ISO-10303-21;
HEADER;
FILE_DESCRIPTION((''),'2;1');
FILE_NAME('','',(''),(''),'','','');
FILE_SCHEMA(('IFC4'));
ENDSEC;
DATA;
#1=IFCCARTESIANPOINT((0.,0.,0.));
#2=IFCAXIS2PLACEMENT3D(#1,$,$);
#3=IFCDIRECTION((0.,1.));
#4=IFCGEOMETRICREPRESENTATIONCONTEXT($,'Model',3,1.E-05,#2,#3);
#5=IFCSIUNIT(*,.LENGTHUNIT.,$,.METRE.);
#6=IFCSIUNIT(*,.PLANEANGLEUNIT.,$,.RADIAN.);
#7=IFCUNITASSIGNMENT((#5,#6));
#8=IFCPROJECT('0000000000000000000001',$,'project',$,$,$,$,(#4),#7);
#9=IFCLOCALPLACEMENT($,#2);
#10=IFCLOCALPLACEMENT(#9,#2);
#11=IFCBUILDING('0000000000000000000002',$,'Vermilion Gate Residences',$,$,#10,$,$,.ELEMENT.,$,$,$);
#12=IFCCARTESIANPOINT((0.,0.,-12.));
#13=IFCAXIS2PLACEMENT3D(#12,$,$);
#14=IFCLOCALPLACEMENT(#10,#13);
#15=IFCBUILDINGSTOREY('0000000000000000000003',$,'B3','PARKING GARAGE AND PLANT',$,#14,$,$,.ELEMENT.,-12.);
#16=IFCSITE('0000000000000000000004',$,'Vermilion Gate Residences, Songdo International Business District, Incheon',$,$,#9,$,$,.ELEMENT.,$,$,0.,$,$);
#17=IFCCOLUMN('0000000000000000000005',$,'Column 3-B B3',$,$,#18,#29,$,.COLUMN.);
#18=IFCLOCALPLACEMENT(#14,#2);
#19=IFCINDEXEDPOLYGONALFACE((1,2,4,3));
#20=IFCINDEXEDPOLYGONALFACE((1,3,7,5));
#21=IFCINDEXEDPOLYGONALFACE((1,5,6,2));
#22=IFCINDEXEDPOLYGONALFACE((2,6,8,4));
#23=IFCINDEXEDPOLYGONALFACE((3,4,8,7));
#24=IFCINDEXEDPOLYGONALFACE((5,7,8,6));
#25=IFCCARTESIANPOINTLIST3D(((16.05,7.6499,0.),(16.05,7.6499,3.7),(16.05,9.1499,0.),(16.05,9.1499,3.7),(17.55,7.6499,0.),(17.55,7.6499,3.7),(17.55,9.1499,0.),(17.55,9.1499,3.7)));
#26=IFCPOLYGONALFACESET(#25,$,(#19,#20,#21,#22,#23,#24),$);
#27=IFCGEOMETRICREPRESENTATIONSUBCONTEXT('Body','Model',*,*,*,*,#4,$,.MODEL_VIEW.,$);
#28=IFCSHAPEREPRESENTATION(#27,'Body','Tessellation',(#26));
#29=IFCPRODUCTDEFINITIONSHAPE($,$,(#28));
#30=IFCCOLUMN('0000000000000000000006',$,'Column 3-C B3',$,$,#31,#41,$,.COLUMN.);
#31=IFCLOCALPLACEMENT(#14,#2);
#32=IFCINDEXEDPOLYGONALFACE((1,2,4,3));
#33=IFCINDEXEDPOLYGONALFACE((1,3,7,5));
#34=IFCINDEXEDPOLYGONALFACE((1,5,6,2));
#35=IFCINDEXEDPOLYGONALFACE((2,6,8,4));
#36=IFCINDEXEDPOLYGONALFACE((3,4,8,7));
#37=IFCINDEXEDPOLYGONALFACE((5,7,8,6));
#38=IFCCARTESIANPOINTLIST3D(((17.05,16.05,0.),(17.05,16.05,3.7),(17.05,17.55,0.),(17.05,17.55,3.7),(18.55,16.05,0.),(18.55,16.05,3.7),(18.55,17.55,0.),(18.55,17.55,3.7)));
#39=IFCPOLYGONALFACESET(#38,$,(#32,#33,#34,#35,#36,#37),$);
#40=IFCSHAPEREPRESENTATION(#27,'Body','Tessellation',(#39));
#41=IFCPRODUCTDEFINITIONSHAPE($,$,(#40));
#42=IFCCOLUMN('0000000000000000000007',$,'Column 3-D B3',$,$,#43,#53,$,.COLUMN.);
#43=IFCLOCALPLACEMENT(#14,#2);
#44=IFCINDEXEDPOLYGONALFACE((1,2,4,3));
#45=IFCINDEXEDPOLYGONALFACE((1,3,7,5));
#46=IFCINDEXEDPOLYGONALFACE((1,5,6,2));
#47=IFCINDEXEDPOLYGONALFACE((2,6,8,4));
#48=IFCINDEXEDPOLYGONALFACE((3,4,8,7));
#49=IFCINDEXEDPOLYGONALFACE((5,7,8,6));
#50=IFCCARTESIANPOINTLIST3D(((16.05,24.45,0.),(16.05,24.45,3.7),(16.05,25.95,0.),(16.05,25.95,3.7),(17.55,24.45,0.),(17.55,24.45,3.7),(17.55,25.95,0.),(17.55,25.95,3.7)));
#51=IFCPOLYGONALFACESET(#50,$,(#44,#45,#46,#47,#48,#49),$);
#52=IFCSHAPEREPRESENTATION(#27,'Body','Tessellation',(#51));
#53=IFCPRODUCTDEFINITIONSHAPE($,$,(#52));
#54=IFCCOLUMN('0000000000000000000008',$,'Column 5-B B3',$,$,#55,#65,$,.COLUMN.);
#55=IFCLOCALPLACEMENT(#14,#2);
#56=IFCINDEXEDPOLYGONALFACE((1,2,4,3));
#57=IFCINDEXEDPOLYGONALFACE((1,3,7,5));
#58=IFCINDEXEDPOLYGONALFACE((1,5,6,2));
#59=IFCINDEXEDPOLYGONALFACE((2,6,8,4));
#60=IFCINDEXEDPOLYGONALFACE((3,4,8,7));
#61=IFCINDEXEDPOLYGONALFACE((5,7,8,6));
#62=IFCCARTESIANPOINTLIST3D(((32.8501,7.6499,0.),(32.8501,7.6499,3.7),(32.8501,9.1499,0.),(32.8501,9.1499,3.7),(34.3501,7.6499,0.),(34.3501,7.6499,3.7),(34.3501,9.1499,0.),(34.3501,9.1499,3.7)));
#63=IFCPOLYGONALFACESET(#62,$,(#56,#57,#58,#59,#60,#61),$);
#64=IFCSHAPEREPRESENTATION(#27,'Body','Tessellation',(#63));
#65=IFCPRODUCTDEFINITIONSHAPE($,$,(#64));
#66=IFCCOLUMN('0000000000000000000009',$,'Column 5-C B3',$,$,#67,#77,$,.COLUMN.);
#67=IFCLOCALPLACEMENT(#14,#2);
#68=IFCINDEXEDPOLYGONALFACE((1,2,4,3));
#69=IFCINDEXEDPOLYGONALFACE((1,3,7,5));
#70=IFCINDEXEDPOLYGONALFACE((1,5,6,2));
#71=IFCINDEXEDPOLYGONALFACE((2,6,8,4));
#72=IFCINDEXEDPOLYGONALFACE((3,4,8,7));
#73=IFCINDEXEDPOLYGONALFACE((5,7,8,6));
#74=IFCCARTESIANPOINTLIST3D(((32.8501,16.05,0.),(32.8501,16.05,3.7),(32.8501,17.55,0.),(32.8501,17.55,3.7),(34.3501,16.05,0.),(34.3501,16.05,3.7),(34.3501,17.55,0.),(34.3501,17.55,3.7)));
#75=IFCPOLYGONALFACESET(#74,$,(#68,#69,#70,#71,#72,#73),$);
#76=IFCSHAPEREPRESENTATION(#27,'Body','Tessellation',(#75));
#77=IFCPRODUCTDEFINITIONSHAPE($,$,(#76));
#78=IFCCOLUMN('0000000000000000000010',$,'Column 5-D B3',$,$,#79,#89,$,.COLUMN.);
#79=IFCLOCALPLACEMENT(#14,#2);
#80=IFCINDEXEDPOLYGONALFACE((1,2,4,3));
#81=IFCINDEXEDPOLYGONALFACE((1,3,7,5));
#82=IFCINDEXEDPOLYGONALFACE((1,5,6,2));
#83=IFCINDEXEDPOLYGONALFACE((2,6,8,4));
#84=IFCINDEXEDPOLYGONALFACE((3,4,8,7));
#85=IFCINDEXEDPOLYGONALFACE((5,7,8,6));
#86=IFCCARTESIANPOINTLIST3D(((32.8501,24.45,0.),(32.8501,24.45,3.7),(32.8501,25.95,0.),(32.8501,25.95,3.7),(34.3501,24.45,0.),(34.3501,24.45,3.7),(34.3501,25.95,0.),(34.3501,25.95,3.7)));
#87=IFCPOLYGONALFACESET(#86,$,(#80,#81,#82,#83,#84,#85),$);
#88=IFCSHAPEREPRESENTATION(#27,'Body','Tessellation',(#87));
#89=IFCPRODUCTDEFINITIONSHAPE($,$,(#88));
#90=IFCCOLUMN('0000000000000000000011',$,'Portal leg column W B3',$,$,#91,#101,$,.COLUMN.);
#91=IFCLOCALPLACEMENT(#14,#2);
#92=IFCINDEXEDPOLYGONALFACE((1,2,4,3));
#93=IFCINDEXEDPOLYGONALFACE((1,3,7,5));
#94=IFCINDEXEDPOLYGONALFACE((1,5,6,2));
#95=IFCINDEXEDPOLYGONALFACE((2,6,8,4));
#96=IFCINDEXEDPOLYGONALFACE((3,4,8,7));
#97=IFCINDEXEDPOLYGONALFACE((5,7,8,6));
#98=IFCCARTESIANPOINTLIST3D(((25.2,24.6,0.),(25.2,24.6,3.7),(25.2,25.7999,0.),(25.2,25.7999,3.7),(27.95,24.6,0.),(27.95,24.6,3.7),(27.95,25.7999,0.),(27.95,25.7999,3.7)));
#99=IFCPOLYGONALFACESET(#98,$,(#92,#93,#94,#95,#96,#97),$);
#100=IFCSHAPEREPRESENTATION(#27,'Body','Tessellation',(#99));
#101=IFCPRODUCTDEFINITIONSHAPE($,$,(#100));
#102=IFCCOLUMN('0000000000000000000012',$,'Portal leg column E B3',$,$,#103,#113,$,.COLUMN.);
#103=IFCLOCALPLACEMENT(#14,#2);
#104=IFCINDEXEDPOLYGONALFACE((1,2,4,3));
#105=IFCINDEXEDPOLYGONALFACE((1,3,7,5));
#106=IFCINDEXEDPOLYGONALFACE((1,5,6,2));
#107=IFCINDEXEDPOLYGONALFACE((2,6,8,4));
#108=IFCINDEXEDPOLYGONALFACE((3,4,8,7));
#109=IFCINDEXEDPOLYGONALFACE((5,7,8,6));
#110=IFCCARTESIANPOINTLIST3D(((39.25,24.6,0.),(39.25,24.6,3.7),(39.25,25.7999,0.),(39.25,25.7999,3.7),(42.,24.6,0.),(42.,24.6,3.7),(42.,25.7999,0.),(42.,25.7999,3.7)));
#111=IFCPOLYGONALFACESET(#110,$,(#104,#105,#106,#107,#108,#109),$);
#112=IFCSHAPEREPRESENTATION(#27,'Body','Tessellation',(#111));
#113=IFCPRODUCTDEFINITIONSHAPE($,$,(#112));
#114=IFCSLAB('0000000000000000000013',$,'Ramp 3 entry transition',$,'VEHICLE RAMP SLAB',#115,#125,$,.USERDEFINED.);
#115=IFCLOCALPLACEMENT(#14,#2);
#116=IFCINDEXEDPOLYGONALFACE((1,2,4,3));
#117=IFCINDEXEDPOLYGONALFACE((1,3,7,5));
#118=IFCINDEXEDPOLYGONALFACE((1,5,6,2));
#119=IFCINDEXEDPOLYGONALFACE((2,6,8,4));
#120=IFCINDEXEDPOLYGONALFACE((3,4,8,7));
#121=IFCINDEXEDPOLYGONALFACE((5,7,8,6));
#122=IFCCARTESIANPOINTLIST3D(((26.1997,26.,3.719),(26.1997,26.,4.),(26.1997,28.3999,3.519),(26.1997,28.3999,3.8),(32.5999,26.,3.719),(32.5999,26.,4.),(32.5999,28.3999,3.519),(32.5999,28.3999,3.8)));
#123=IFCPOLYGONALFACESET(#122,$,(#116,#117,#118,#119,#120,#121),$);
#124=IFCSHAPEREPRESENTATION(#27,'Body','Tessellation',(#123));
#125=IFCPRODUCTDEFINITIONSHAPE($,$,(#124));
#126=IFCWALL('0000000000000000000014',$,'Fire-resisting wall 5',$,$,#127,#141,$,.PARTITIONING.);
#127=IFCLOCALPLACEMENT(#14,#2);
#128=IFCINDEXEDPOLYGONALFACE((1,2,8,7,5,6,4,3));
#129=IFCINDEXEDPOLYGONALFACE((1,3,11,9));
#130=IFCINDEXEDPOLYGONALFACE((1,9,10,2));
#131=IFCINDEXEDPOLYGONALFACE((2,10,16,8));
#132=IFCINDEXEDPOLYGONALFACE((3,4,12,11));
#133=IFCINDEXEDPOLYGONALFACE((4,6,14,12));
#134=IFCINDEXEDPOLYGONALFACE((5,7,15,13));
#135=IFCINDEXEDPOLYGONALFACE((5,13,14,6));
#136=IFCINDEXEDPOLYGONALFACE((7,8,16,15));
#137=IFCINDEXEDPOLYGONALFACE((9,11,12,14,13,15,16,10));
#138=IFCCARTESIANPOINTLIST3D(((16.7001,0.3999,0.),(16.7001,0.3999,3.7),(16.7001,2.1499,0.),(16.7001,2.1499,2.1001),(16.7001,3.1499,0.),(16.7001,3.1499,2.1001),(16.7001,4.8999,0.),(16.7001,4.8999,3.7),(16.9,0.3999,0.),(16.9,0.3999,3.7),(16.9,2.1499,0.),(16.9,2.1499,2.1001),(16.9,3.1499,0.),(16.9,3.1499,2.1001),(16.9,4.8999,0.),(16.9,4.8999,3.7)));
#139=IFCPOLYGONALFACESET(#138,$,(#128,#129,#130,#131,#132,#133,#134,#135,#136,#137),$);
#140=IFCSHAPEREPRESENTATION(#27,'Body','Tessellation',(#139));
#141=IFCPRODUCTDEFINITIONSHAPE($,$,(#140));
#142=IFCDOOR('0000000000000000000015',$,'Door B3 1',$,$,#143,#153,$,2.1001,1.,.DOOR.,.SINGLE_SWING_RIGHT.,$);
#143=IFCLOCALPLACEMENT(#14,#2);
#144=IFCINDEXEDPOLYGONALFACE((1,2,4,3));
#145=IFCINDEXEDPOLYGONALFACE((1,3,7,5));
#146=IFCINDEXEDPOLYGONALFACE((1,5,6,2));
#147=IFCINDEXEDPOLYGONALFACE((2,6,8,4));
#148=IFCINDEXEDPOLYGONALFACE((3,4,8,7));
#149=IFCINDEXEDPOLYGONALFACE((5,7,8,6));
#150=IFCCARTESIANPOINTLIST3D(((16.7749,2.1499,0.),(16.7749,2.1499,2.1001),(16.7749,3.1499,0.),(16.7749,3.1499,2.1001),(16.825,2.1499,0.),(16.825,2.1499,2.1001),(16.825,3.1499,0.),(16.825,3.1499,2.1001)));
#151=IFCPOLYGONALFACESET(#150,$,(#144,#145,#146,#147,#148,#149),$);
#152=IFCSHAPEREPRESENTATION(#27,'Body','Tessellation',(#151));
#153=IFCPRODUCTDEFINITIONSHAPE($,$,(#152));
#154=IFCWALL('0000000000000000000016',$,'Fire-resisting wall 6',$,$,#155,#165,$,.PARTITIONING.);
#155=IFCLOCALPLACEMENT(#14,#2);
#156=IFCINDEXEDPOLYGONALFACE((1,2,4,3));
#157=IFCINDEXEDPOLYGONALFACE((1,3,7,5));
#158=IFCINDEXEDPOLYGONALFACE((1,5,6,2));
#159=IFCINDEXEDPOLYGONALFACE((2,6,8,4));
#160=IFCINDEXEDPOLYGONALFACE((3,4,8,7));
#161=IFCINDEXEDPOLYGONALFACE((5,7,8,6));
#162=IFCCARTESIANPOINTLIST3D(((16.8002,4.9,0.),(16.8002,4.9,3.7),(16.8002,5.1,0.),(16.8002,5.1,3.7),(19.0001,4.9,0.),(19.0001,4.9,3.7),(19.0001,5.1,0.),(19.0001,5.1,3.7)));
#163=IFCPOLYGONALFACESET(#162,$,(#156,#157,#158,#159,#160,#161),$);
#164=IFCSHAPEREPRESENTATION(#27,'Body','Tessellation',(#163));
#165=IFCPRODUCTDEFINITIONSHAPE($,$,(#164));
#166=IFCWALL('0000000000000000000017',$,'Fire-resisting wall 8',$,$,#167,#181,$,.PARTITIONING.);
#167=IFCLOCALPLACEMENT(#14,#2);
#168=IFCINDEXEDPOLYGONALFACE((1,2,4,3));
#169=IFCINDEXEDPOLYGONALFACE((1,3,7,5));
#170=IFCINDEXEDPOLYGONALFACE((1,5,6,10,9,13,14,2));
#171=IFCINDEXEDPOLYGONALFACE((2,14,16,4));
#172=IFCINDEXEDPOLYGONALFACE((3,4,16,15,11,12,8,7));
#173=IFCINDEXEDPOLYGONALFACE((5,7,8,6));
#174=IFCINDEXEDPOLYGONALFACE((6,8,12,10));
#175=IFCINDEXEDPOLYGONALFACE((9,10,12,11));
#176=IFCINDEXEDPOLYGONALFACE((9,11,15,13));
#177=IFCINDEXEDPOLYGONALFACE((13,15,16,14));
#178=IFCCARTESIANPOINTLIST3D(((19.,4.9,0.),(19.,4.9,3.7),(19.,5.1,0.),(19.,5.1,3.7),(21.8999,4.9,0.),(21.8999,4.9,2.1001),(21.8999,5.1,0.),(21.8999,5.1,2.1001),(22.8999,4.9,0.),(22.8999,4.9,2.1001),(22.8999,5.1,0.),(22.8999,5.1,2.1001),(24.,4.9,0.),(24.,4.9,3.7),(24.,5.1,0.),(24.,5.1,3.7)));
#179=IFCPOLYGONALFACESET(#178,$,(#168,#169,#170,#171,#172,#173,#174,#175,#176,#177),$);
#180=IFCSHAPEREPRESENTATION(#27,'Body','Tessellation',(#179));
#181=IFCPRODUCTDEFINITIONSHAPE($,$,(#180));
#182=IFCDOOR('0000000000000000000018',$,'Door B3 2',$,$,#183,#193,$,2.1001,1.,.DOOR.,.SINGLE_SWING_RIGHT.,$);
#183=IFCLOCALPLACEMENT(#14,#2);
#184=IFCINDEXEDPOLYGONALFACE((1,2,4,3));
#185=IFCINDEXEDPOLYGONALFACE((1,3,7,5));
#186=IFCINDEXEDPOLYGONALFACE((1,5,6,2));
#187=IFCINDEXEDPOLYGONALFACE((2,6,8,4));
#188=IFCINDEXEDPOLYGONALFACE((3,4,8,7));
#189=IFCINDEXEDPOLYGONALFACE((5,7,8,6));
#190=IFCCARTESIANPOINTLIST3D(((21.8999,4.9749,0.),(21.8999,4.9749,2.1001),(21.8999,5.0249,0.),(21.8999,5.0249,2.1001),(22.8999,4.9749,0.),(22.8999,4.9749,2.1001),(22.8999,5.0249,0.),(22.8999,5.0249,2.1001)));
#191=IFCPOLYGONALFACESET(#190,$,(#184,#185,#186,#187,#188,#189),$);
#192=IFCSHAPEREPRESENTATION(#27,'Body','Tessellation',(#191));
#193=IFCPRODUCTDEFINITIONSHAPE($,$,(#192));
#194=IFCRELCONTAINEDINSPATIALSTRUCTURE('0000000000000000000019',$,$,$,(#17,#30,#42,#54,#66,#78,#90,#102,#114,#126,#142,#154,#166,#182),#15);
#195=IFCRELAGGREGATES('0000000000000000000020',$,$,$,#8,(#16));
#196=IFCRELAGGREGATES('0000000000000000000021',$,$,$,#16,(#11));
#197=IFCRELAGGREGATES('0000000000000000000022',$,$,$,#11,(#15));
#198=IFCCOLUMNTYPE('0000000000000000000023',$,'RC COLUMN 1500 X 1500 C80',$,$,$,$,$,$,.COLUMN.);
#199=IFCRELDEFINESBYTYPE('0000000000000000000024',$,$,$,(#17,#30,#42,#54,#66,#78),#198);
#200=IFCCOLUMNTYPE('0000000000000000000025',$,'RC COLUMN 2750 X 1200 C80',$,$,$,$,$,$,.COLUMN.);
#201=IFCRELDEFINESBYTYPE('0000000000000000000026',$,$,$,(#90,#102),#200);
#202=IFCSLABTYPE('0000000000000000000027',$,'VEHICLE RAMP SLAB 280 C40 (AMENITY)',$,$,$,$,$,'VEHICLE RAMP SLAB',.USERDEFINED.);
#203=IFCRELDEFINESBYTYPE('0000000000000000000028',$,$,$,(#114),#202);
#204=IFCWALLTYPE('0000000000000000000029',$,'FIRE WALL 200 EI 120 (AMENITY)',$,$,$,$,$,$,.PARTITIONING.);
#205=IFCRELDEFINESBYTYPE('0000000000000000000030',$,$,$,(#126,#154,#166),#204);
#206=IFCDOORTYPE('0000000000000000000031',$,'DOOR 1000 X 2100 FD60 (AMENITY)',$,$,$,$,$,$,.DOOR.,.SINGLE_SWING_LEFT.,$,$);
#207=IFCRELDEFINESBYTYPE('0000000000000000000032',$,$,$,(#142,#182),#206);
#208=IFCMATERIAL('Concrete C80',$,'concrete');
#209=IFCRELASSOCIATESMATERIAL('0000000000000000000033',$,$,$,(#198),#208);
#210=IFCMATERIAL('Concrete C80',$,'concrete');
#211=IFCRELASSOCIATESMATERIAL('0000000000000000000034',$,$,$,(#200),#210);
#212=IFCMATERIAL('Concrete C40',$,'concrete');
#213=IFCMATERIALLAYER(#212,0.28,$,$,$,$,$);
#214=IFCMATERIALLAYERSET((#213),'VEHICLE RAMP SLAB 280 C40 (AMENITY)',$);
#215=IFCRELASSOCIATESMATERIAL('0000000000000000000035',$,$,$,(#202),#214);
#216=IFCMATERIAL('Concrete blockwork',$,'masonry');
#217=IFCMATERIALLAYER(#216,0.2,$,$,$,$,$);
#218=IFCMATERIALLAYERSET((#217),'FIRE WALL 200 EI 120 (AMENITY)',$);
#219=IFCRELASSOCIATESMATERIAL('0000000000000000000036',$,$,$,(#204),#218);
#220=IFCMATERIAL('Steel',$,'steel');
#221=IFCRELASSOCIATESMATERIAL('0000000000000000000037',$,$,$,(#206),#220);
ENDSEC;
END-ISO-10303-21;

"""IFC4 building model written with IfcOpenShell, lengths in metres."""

from ifc_helpers import new_model, si_unit, direction, frame, frame_2d, origin, origin_2d, place, context, subcontext, project, spatial, polyline, rectangle, outline, extrude, material, layer, layer_set, material_profile, profile_set, type_object, element, fill, save


model = new_model("IFC4")

# Units and contexts
model_context = context("Model", 3, precision=1e-05, world=origin(), true_north=direction((0.0, 1.0)))
body_context = subcontext(model_context, "Body", "Model", "MODEL_VIEW")
ifc_project = project(units=[si_unit("LENGTHUNIT", "METRE"), si_unit("PLANEANGLEUNIT", "RADIAN")], contexts=[model_context])

# Site, building, storey
site_placement = place(None, origin())
site = spatial("IfcSite", under=ifc_project, at=site_placement, Name="Vermilion Gate Residences, Songdo International Business District, Incheon", CompositionType="ELEMENT", RefElevation=0.0)
building_placement = place(site_placement, origin())
building = spatial("IfcBuilding", under=site, at=building_placement, Name="Vermilion Gate Residences", CompositionType="ELEMENT")
storey_placement = place(building_placement, frame((0.0, 0.0, -12.0)))
storey = spatial("IfcBuildingStorey", under=building, at=storey_placement, Name="B3", Description="PARKING GARAGE AND PLANT", CompositionType="ELEMENT", Elevation=-12.0)

# Columns
ifc_material_1 = material(Name="Concrete C80", Category="concrete")
ifc_material_profile_1 = material_profile(ifc_material_1, rectangle(XDim=1.5, YDim=1.5, at=origin_2d()), Name="RC-1500x1500")
ifc_profile_set_1 = profile_set([ifc_material_profile_1], Name="Concrete C80")
column_type_1 = type_object("IfcColumnType", Name="RC COLUMN 1500 X 1500 C80", PredefinedType="COLUMN", material=ifc_profile_set_1)
for number, where, z_axis, x_axis, name in (
    (1, (16.8, 8.3999, 0.0), (0.0, 0.0, 1.0), (1.0, 0.0, 0.0), "Column 3-B B3"),
    (2, (17.8, 16.8, 0.0), (0.0, 0.0, 1.0), (1.0, 0.0, 0.0), "Column 3-C B3"),
    (3, (16.8, 25.2, 0.0), (0.0, 0.0, 1.0), (1.0, 0.0, 0.0), "Column 3-D B3"),
    (4, (33.6001, 8.3999, 0.0), (0.0, 0.0, 1.0), (1.0, 0.0, 0.0), "Column 5-B B3"),
    (5, (33.6001, 16.8, 0.0), (0.0, 0.0, 1.0), (1.0, 0.0, 0.0), "Column 5-C B3"),
    (6, (33.6001, 25.2, 0.0), (0.0, 0.0, 1.0), (1.0, 0.0, 0.0), "Column 5-D B3"),
):
    element("IfcColumn", number, at=place(storey_placement, frame(where, z_axis=z_axis, x_axis=x_axis)), inside=storey, type_object=column_type_1, Name=name, PredefinedType="COLUMN", context=body_context, shape_type="SweptSolid", body=[
        extrude(rectangle(XDim=1.5, YDim=1.5, at=origin_2d()), origin(), (0.0, 0.0, 1.0), 3.7),
    ])
ifc_material_2 = material(Name="Concrete C80", Category="concrete")
ifc_material_profile_2 = material_profile(ifc_material_2, rectangle(XDim=2.75, YDim=1.2, at=origin_2d()), Name="RC-2750x1200")
ifc_profile_set_2 = profile_set([ifc_material_profile_2], Name="Concrete C80")
column_type_2 = type_object("IfcColumnType", Name="RC COLUMN 2750 X 1200 C80", PredefinedType="COLUMN", material=ifc_profile_set_2)
for number, where, z_axis, x_axis, name in (
    (7, (26.575, 25.2, 0.0), (0.0, 0.0, 1.0), (1.0, 0.0, 0.0), "Portal leg column W B3"),
    (8, (40.625, 25.2, 0.0), (0.0, 0.0, 1.0), (1.0, 0.0, 0.0), "Portal leg column E B3"),
):
    element("IfcColumn", number, at=place(storey_placement, frame(where, z_axis=z_axis, x_axis=x_axis)), inside=storey, type_object=column_type_2, Name=name, PredefinedType="COLUMN", context=body_context, shape_type="SweptSolid", body=[
        extrude(rectangle(XDim=2.75, YDim=1.2, at=origin_2d()), origin(), (0.0, 0.0, 1.0), 3.7),
    ])

# Slab
ifc_material_3 = material(Name="Concrete C40", Category="concrete")
ifc_layer_1 = layer(ifc_material_3, 0.28)
ifc_layer_set_1 = layer_set([ifc_layer_1], Name="VEHICLE RAMP SLAB 280 C40 (AMENITY)")
slab_type = type_object("IfcSlabType", Name="VEHICLE RAMP SLAB 280 C40 (AMENITY)", ElementType="VEHICLE RAMP SLAB", PredefinedType="USERDEFINED", material=ifc_layer_set_1)
slab_placement = place(storey_placement, frame((29.3999, 26.0, 4.0), z_axis=(0.0, 0.0, 1.0), x_axis=(0.0, 1.0, 0.0)))
element("IfcSlab", 9, at=slab_placement, inside=storey, type_object=slab_type, Name="Ramp 3 entry transition", ObjectType="VEHICLE RAMP SLAB", PredefinedType="USERDEFINED", context=body_context, shape_type="SweptSolid", body=[
    extrude(outline(polyline([(0.0, 0.0), (2.3999, -0.2), (2.3999, -0.481), (0.0, -0.281), (0.0, 0.0)])), frame((0.0, 3.2002, 0.0), z_axis=(0.0, -1.0, 0.0), x_axis=(1.0, 0.0, 0.0)), (0.0, 0.0, 1.0), 6.4001),
])

# Wall, opening, door
ifc_material_4 = material(Name="Concrete blockwork", Category="masonry")
ifc_layer_2 = layer(ifc_material_4, 0.2)
ifc_layer_set_2 = layer_set([ifc_layer_2], Name="FIRE WALL 200 EI 120 (AMENITY)")
wall_type_1 = type_object("IfcWallType", Name="FIRE WALL 200 EI 120 (AMENITY)", PredefinedType="PARTITIONING", material=ifc_layer_set_2)
wall_1_placement = place(storey_placement, frame((16.8, 0.3999, 0.0), z_axis=(0.0, 0.0, 1.0), x_axis=(0.0, 1.0, 0.0)))
wall_1 = element("IfcWall", 10, at=wall_1_placement, inside=storey, type_object=wall_type_1, Name="Fire-resisting wall 5", PredefinedType="PARTITIONING", context=body_context, shape_type="SweptSolid", body=[
    extrude(rectangle(XDim=4.5, YDim=0.2, at=frame_2d((2.25, 0.0))), origin(), (0.0, 0.0, 1.0), 3.7),
])
opening_1_placement = place(wall_1_placement, frame((1.75, 0.0, 0.0)))
opening_1 = element("IfcOpeningElement", 11, at=opening_1_placement, cuts=wall_1, PredefinedType="OPENING", context=body_context, shape_type="SweptSolid", body=[
    extrude(rectangle(XDim=1.0, YDim=2.1001, at=frame_2d((0.5, 1.05))), frame((0.0, 0.1099, 0.0), z_axis=(0.0, -1.0, 0.0), x_axis=(1.0, 0.0, 0.0)), (0.0, 0.0, 1.0), 0.22),
])
ifc_material_5 = material(Name="Steel", Category="steel")
door_type = type_object("IfcDoorType", Name="DOOR 1000 X 2100 FD60 (AMENITY)", OperationType="SINGLE_SWING_LEFT", PredefinedType="DOOR", material=ifc_material_5)
door_1_placement = place(opening_1_placement, frame((1.0, 0.0, 0.0), z_axis=(0.0, 0.0, 1.0), x_axis=(-1.0, 0.0, 0.0)))
door_1 = element("IfcDoor", 12, at=door_1_placement, inside=storey, type_object=door_type, Name="Door B3 1", OperationType="SINGLE_SWING_RIGHT", OverallHeight=2.1001, OverallWidth=1.0, PredefinedType="DOOR", context=body_context, shape_type="SweptSolid", body=[
    extrude(rectangle(XDim=1.0, YDim=2.1001, at=frame_2d((0.5, 1.05))), frame((0.0, 0.0249, 0.0), z_axis=(0.0, -1.0, 0.0), x_axis=(1.0, 0.0, 0.0)), (0.0, 0.0, 1.0), 0.05),
])
fill(opening_1, door_1)

# Wall
wall_2_placement = place(storey_placement, frame((16.8, 5.0, 0.0), z_axis=(0.0, 0.0, 1.0), x_axis=(1.0, 0.0, 0.0)))
element("IfcWall", 13, at=wall_2_placement, inside=storey, type_object=wall_type_1, Name="Fire-resisting wall 6", PredefinedType="PARTITIONING", context=body_context, shape_type="SweptSolid", body=[
    extrude(rectangle(XDim=2.2, YDim=0.2, at=frame_2d((1.1001, 0.0))), origin(), (0.0, 0.0, 1.0), 3.7),
])

# Wall, opening, door
wall_3_placement = place(storey_placement, frame((19.0, 5.0, 0.0), z_axis=(0.0, 0.0, 1.0), x_axis=(1.0, 0.0, 0.0)))
wall_3 = element("IfcWall", 14, at=wall_3_placement, inside=storey, type_object=wall_type_1, Name="Fire-resisting wall 8", PredefinedType="PARTITIONING", context=body_context, shape_type="SweptSolid", body=[
    extrude(rectangle(XDim=5.0, YDim=0.2, at=frame_2d((2.5, 0.0))), origin(), (0.0, 0.0, 1.0), 3.7),
])
opening_2_placement = place(wall_3_placement, frame((2.8999, 0.0, 0.0)))
opening_2 = element("IfcOpeningElement", 15, at=opening_2_placement, cuts=wall_3, PredefinedType="OPENING", context=body_context, shape_type="SweptSolid", body=[
    extrude(rectangle(XDim=1.0, YDim=2.1001, at=frame_2d((0.5, 1.05))), frame((0.0, 0.1099, 0.0), z_axis=(0.0, -1.0, 0.0), x_axis=(1.0, 0.0, 0.0)), (0.0, 0.0, 1.0), 0.22),
])
door_2_placement = place(opening_2_placement, origin())
door_2 = element("IfcDoor", 16, at=door_2_placement, inside=storey, type_object=door_type, Name="Door B3 2", OperationType="SINGLE_SWING_RIGHT", OverallHeight=2.1001, OverallWidth=1.0, PredefinedType="DOOR", context=body_context, shape_type="SweptSolid", body=[
    extrude(rectangle(XDim=1.0, YDim=2.1001, at=frame_2d((0.5, 1.05))), frame((0.0, 0.0249, 0.0), z_axis=(0.0, -1.0, 0.0), x_axis=(1.0, 0.0, 0.0)), (0.0, 0.0, 1.0), 0.05),
])
fill(opening_2, door_2)

save(model, "model.ifc")
